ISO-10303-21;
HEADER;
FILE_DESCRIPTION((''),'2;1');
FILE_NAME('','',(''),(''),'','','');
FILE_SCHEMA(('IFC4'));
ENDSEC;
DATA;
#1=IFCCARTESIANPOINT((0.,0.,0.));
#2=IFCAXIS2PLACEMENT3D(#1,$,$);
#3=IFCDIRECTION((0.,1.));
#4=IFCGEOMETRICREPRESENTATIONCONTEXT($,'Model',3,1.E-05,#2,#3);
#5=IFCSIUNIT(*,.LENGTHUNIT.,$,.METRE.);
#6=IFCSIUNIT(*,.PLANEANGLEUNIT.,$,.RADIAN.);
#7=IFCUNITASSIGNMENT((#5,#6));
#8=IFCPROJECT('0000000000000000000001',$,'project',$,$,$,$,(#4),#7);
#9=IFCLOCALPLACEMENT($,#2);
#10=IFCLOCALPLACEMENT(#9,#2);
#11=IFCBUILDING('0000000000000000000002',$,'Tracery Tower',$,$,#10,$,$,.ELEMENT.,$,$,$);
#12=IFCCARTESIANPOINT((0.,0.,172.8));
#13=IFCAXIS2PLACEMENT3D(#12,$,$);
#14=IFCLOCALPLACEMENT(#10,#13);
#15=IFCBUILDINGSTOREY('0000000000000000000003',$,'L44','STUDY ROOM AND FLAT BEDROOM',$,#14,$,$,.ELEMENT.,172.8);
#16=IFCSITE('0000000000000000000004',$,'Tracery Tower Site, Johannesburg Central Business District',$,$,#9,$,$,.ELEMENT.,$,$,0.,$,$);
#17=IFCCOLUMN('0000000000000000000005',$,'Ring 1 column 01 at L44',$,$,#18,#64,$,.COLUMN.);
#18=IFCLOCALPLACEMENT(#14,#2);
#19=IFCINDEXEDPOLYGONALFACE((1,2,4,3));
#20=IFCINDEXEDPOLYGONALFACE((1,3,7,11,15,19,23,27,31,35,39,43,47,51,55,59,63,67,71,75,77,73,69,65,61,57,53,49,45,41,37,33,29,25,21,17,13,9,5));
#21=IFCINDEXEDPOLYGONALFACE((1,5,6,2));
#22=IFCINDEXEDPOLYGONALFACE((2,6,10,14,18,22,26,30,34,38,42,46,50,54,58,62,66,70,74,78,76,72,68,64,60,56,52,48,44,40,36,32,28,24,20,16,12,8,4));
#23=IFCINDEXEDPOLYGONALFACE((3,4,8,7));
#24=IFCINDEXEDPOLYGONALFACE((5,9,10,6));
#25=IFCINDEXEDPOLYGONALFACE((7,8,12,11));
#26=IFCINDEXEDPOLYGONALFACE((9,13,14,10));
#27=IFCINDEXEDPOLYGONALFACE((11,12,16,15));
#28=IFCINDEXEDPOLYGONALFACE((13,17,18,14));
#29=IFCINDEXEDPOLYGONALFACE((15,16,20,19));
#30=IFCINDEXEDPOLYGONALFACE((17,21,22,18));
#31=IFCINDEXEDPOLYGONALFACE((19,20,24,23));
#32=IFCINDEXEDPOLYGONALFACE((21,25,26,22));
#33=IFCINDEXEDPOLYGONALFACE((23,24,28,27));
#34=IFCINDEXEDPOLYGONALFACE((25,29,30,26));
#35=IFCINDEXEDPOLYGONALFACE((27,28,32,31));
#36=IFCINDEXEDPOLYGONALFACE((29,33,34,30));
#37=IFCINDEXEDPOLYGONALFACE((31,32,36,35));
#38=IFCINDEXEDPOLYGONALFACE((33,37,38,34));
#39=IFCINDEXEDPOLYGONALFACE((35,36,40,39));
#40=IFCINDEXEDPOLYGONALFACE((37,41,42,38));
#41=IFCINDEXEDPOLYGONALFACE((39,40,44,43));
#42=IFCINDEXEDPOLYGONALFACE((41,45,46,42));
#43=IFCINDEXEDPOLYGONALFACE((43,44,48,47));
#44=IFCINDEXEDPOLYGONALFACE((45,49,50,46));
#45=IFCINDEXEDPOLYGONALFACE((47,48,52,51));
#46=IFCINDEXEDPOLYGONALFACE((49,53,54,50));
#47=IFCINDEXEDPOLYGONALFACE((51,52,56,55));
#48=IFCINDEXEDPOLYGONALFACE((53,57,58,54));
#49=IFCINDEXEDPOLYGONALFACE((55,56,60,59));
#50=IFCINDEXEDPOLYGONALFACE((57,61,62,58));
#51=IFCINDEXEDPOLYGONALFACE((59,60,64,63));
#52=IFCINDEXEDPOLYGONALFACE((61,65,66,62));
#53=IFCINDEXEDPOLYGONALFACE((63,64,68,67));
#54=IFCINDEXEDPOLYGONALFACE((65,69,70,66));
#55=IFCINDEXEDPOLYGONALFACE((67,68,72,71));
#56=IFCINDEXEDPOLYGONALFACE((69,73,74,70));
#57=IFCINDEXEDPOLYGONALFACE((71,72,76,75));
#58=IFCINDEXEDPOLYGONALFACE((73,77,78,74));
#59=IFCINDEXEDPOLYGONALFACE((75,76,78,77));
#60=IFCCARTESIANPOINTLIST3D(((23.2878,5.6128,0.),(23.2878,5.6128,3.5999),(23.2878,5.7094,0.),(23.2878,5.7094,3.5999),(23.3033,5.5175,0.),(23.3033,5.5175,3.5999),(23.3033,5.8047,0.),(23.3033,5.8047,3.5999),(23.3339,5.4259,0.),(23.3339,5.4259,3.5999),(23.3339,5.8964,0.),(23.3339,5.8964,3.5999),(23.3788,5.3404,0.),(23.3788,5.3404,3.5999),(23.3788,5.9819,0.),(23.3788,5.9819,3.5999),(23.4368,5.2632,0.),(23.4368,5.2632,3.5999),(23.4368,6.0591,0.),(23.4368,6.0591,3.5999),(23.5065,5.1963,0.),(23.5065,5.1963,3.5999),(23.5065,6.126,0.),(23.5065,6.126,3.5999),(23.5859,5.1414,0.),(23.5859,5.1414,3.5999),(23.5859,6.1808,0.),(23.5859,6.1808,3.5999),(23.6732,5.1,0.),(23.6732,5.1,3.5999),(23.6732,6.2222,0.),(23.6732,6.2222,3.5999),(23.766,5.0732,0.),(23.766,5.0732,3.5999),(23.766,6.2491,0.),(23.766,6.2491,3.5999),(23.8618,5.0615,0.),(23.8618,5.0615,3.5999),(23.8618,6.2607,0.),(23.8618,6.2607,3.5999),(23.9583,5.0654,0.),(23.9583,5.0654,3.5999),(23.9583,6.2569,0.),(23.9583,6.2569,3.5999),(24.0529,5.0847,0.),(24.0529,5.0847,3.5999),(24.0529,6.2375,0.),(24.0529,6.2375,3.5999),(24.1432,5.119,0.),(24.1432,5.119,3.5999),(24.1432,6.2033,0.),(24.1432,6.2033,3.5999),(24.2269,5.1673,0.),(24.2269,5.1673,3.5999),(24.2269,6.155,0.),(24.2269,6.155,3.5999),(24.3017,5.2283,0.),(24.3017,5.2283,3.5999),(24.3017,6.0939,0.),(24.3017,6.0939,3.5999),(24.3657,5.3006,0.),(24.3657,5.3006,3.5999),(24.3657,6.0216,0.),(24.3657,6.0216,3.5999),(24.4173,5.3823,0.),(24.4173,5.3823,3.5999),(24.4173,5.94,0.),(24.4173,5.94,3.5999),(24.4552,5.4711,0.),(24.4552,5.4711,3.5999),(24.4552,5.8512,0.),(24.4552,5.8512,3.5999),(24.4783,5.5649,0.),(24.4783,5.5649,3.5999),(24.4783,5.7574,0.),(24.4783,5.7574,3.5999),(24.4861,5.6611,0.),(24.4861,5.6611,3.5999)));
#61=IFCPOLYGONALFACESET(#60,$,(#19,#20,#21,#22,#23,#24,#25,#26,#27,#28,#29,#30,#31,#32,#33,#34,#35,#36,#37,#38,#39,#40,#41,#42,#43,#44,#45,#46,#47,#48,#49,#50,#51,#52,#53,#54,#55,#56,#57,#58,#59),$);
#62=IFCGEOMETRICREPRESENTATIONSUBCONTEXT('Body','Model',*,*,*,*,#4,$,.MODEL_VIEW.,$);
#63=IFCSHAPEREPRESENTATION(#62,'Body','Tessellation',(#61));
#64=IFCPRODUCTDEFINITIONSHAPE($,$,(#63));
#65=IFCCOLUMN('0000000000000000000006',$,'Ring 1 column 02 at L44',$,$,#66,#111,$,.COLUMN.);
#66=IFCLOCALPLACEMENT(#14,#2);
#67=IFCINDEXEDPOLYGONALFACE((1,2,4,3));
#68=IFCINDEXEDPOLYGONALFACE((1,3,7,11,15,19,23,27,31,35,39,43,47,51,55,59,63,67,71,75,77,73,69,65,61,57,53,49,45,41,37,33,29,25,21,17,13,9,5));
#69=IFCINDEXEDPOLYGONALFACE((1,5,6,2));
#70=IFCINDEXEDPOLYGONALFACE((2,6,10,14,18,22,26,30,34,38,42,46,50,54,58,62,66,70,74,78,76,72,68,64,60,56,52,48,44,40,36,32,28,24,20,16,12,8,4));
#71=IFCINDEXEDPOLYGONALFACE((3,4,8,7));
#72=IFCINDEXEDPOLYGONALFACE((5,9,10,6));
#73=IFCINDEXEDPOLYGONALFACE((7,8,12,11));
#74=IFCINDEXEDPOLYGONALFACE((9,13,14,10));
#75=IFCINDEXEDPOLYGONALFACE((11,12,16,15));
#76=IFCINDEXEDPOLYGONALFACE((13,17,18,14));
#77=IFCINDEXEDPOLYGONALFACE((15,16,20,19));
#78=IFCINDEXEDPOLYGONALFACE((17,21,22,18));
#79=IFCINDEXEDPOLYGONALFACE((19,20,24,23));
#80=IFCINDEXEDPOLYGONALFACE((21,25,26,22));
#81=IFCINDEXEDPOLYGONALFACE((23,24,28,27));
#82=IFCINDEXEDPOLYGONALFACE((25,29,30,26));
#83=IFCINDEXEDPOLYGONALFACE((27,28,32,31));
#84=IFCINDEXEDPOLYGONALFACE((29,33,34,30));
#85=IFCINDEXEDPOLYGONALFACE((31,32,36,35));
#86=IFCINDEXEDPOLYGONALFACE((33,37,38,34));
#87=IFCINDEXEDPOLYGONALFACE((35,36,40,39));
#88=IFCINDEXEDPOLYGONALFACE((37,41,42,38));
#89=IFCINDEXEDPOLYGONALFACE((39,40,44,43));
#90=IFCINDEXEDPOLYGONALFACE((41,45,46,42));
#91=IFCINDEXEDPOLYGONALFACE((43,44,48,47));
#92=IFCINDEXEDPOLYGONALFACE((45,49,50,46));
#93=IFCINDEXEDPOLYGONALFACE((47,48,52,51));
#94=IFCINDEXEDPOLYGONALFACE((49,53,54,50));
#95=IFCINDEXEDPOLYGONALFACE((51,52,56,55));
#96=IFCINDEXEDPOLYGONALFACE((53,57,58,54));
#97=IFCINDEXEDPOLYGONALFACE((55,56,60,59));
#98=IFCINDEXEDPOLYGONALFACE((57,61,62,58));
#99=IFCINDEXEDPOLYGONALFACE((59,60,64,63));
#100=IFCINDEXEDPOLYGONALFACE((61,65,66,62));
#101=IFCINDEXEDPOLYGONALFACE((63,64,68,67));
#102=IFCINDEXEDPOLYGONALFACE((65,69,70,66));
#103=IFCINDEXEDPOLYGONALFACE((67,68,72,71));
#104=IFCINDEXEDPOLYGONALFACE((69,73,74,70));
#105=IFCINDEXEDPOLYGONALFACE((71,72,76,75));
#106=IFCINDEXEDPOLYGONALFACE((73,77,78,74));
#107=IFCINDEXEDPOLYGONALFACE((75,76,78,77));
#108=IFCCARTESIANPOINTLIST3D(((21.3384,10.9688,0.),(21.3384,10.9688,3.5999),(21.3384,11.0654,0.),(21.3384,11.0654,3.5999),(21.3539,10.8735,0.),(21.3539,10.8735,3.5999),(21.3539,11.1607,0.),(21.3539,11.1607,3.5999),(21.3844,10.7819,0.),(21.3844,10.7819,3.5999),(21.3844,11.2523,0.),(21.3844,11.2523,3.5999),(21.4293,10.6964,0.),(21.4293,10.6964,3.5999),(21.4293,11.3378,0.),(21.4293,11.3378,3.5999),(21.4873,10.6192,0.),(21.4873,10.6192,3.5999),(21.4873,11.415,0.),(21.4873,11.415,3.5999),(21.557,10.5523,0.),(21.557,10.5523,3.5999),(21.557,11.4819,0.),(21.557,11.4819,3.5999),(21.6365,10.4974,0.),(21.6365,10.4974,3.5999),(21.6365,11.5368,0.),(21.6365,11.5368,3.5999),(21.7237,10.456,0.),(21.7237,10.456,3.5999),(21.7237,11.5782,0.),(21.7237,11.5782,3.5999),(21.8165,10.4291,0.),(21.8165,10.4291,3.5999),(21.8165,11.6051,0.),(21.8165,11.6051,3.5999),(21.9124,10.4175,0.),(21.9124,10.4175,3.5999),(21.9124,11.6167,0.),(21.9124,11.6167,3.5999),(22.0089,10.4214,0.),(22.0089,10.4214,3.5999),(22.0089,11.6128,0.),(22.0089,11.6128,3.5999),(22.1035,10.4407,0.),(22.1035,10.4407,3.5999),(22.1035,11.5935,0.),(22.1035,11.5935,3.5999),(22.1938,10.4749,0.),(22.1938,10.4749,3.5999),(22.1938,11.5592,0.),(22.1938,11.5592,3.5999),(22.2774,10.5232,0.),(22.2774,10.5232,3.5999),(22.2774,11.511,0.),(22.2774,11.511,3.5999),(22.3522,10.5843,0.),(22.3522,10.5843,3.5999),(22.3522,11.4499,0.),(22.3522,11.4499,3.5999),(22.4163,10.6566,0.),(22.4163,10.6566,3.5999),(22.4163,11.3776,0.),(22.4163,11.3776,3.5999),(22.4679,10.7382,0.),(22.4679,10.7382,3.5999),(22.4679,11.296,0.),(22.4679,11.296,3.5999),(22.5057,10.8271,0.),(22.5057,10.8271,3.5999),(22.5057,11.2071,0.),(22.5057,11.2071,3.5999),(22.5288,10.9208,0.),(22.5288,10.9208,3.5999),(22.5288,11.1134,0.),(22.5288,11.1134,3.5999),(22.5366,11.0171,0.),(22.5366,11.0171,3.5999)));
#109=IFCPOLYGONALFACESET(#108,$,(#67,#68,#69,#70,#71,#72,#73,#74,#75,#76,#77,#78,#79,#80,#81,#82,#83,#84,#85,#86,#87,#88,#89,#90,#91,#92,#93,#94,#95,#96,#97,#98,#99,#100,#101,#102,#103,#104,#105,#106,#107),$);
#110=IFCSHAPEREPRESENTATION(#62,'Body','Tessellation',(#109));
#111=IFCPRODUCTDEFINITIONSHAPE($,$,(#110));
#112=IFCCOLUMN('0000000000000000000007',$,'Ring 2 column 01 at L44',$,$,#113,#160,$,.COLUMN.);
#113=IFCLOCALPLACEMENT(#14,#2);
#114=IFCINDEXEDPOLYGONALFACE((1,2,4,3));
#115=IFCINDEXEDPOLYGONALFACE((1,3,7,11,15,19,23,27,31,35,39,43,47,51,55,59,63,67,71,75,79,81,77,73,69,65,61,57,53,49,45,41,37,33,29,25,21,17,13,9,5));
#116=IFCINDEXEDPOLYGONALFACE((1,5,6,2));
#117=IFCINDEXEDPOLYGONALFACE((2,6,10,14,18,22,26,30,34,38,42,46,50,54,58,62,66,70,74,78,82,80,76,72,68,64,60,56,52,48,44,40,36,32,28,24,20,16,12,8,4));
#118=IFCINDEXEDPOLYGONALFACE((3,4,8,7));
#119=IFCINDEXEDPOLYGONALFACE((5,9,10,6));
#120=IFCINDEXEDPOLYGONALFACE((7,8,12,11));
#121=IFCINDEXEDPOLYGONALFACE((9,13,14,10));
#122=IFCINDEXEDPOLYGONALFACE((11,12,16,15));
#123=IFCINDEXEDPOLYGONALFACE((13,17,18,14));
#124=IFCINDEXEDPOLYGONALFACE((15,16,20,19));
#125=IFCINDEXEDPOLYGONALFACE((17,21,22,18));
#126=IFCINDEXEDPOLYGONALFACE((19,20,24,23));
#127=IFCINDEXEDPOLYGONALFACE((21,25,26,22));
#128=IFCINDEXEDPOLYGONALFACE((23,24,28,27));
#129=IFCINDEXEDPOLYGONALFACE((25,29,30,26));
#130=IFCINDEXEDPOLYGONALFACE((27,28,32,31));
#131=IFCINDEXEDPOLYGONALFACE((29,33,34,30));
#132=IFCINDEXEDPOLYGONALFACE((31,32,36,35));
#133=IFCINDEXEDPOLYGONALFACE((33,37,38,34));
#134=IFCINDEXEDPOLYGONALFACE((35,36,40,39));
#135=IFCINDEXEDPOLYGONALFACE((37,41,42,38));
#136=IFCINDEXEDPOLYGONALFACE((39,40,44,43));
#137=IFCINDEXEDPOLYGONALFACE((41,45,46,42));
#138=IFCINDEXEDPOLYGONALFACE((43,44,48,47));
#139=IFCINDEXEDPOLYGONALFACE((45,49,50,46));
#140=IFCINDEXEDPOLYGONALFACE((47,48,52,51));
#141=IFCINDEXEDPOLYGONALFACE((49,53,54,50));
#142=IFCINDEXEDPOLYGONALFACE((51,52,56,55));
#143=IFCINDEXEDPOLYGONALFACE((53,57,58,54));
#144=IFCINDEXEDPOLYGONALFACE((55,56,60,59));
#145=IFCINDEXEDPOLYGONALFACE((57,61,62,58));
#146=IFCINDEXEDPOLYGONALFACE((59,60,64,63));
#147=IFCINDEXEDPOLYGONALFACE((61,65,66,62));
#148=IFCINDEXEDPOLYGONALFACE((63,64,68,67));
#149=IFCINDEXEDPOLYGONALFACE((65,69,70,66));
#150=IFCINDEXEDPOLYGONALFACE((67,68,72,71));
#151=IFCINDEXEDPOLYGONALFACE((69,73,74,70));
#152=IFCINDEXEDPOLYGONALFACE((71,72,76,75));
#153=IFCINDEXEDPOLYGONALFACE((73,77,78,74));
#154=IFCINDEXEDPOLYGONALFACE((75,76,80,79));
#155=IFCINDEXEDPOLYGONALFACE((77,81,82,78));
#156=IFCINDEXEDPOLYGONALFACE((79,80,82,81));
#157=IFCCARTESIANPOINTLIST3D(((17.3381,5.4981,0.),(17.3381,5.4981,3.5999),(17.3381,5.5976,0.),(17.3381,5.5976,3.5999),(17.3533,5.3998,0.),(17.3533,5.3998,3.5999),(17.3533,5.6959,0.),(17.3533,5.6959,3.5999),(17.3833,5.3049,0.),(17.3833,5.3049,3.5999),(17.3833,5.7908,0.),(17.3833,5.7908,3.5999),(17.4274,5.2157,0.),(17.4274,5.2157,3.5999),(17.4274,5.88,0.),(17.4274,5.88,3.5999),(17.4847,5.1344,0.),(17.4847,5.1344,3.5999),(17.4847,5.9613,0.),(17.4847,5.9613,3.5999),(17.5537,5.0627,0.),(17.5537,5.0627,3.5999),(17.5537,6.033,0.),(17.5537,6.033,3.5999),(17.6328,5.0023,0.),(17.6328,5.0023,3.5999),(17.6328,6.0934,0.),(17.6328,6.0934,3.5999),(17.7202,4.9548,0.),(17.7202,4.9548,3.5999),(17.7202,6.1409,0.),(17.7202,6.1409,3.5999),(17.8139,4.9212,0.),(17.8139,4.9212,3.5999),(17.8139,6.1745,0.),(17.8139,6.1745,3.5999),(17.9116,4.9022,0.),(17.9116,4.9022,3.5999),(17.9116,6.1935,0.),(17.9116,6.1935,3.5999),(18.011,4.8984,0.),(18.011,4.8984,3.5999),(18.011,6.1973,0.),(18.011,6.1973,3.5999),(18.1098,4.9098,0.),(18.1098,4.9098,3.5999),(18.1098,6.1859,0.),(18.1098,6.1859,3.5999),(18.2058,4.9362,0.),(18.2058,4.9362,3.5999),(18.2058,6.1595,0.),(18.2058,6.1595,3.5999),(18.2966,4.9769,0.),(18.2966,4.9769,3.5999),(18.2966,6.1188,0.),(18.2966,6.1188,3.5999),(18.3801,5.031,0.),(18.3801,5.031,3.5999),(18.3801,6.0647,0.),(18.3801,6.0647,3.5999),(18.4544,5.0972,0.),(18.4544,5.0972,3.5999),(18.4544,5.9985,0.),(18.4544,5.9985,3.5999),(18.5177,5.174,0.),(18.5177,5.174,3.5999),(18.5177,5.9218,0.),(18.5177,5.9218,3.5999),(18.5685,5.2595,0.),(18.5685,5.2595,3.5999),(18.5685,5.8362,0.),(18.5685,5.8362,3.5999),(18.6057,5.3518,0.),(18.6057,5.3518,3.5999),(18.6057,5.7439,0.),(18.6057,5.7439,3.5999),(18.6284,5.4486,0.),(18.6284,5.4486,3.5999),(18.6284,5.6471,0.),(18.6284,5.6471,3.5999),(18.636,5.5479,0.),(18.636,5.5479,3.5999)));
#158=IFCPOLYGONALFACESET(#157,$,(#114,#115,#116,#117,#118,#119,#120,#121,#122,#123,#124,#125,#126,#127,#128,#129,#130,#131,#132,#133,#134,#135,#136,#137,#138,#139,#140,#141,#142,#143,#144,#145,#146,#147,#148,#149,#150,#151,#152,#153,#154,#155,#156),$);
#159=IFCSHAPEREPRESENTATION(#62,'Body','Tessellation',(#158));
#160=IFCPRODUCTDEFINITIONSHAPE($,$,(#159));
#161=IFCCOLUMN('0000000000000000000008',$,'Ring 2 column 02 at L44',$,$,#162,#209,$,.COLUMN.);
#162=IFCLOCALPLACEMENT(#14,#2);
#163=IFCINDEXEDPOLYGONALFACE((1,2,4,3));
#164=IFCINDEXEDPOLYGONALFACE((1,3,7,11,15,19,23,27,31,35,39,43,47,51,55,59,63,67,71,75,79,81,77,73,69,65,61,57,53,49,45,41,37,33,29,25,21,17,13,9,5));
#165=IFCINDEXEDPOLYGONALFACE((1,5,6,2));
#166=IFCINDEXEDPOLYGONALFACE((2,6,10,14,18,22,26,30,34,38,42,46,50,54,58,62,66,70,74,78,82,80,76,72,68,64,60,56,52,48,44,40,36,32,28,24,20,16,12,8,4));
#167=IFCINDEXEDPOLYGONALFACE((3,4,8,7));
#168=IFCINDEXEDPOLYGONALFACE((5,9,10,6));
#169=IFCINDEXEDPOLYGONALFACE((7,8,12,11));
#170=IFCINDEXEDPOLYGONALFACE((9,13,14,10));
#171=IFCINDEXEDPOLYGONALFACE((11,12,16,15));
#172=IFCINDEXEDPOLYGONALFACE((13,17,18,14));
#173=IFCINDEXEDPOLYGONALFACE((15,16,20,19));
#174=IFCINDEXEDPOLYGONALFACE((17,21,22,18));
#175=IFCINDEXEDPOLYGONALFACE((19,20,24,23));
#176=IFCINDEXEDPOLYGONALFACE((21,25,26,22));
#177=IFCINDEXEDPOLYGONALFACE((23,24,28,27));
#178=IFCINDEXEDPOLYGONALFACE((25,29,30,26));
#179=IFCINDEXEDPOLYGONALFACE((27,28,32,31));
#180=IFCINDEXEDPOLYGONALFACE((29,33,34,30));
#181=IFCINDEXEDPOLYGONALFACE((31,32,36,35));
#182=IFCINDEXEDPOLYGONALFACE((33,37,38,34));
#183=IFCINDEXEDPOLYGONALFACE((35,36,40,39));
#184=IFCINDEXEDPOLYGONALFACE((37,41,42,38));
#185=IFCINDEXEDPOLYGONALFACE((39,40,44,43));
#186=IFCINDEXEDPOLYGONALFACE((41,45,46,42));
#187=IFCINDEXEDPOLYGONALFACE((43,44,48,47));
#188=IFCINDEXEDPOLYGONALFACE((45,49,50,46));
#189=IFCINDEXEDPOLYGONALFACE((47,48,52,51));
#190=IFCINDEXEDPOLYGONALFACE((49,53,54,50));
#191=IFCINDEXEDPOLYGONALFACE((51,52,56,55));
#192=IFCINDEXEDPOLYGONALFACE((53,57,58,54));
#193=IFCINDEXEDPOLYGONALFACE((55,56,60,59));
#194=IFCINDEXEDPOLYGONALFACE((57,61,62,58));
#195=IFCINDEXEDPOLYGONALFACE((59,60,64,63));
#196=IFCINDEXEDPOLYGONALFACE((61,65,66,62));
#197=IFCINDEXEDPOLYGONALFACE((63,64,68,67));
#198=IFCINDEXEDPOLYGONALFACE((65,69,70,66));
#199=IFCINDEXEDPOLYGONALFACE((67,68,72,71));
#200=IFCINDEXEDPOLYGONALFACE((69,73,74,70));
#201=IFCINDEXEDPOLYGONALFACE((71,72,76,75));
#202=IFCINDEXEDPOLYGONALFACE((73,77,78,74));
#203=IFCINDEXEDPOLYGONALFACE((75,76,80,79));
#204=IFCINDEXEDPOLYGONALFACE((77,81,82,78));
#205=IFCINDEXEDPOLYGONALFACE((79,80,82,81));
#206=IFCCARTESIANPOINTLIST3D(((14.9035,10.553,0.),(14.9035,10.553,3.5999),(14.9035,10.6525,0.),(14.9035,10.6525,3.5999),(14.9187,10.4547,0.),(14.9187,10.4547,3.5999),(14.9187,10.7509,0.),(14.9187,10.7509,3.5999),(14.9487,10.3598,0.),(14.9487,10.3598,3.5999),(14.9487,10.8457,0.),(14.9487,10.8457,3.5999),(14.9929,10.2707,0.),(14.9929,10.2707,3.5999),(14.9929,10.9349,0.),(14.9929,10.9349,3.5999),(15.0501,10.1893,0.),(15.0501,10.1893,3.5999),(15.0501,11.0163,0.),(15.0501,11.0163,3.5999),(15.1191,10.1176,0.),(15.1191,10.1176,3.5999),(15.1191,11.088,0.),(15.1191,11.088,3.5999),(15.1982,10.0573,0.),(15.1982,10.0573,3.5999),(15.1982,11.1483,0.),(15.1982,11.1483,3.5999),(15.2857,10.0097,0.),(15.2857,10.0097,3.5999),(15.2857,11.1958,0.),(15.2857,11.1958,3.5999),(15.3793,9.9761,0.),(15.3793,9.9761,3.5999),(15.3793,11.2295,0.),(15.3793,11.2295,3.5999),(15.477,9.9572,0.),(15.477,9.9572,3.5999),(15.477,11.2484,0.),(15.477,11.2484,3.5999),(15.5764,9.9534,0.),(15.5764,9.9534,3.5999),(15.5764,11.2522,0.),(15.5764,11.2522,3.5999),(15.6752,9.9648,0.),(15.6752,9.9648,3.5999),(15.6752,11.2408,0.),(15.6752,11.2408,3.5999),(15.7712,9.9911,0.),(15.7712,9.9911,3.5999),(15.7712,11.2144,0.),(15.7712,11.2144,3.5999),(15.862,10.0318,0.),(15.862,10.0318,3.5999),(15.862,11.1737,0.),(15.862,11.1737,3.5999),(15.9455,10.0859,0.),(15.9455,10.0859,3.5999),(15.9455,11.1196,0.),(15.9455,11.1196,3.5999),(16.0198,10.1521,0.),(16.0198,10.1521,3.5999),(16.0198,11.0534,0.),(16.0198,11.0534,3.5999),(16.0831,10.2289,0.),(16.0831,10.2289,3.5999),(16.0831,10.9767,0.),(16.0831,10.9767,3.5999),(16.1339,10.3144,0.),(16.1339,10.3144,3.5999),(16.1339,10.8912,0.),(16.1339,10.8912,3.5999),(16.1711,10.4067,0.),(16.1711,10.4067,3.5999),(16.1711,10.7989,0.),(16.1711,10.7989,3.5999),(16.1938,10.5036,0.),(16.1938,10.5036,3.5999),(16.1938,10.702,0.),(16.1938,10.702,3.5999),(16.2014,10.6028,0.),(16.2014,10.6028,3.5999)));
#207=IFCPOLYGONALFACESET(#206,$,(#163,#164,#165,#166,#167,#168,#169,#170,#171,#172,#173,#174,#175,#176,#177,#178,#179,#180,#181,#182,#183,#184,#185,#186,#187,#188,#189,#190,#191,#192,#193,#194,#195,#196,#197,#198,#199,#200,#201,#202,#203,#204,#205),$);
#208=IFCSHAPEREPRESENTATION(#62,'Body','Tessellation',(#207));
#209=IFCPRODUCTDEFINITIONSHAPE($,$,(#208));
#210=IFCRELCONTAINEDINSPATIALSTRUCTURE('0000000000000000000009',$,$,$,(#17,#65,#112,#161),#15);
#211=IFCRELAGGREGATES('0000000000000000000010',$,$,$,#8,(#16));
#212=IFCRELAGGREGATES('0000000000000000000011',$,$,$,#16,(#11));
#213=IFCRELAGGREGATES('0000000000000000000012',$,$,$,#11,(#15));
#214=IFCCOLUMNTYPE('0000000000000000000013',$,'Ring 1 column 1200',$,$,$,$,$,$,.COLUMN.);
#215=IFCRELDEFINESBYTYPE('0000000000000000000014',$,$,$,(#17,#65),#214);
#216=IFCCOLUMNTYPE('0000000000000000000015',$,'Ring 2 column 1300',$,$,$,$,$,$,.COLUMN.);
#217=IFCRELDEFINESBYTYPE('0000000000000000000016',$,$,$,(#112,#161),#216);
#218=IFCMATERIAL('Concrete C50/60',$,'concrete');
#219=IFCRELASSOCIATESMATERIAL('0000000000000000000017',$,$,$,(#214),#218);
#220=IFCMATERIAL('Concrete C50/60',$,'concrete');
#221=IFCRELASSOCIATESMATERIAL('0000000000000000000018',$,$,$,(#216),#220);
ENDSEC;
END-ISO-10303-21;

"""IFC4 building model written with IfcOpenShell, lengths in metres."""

from ifc_helpers import new_model, si_unit, direction, frame, origin, origin_2d, place, context, subcontext, project, spatial, circle, extrude, material, material_profile, profile_set, type_object, element, save


model = new_model("IFC4")

# Units and contexts
model_context = context("Model", 3, precision=1e-05, world=origin(), true_north=direction((0.0, 1.0)))
body_context = subcontext(model_context, "Body", "Model", "MODEL_VIEW")
ifc_project = project(units=[si_unit("LENGTHUNIT", "METRE"), si_unit("PLANEANGLEUNIT", "RADIAN")], contexts=[model_context])

# Site, building, storey
site_placement = place(None, origin())
site = spatial("IfcSite", under=ifc_project, at=site_placement, Name="Tracery Tower Site, Johannesburg Central Business District", CompositionType="ELEMENT", RefElevation=0.0)
building_placement = place(site_placement, origin())
building = spatial("IfcBuilding", under=site, at=building_placement, Name="Tracery Tower", CompositionType="ELEMENT")
storey_placement = place(building_placement, frame((0.0, 0.0, 172.8)))
storey = spatial("IfcBuildingStorey", under=building, at=storey_placement, Name="L44", Description="STUDY ROOM AND FLAT BEDROOM", CompositionType="ELEMENT", Elevation=172.8)

# Columns
ifc_material_1 = material(Name="Concrete C50/60", Category="concrete")
ifc_material_profile_1 = material_profile(ifc_material_1, circle(Radius=0.6001, at=origin_2d()), Name="RC D1200")
ifc_profile_set_1 = profile_set([ifc_material_profile_1], Name="Concrete C50/60")
column_type_1 = type_object("IfcColumnType", Name="Ring 1 column 1200", PredefinedType="COLUMN", material=ifc_profile_set_1)
for number, where, z_axis, x_axis, name in (
    (1, (23.886, 5.6611, 0.0), (0.0, 0.0, 1.0), (1.0, 0.0, 0.0), "Ring 1 column 01 at L44"),
    (2, (21.9365, 11.0171, 0.0), (0.0, 0.0, 1.0), (1.0, 0.0, 0.0), "Ring 1 column 02 at L44"),
):
    element("IfcColumn", number, at=place(storey_placement, frame(where, z_axis=z_axis, x_axis=x_axis)), inside=storey, type_object=column_type_1, Name=name, PredefinedType="COLUMN", context=body_context, shape_type="SweptSolid", body=[
        extrude(circle(Radius=0.6001, at=origin_2d()), origin(), (0.0, 0.0, 1.0), 3.5999),
    ])
ifc_material_2 = material(Name="Concrete C50/60", Category="concrete")
ifc_material_profile_2 = material_profile(ifc_material_2, circle(Radius=0.6499, at=origin_2d()), Name="RC D1300")
ifc_profile_set_2 = profile_set([ifc_material_profile_2], Name="Concrete C50/60")
column_type_2 = type_object("IfcColumnType", Name="Ring 2 column 1300", PredefinedType="COLUMN", material=ifc_profile_set_2)
for number, where, z_axis, x_axis, name in (
    (3, (17.9861, 5.5479, 0.0), (0.0, 0.0, 1.0), (1.0, 0.0, 0.0), "Ring 2 column 01 at L44"),
    (4, (15.5515, 10.6028, 0.0), (0.0, 0.0, 1.0), (1.0, 0.0, 0.0), "Ring 2 column 02 at L44"),
):
    element("IfcColumn", number, at=place(storey_placement, frame(where, z_axis=z_axis, x_axis=x_axis)), inside=storey, type_object=column_type_2, Name=name, PredefinedType="COLUMN", context=body_context, shape_type="SweptSolid", body=[
        extrude(circle(Radius=0.6499, at=origin_2d()), origin(), (0.0, 0.0, 1.0), 3.5999),
    ])

save(model, "model.ifc")
